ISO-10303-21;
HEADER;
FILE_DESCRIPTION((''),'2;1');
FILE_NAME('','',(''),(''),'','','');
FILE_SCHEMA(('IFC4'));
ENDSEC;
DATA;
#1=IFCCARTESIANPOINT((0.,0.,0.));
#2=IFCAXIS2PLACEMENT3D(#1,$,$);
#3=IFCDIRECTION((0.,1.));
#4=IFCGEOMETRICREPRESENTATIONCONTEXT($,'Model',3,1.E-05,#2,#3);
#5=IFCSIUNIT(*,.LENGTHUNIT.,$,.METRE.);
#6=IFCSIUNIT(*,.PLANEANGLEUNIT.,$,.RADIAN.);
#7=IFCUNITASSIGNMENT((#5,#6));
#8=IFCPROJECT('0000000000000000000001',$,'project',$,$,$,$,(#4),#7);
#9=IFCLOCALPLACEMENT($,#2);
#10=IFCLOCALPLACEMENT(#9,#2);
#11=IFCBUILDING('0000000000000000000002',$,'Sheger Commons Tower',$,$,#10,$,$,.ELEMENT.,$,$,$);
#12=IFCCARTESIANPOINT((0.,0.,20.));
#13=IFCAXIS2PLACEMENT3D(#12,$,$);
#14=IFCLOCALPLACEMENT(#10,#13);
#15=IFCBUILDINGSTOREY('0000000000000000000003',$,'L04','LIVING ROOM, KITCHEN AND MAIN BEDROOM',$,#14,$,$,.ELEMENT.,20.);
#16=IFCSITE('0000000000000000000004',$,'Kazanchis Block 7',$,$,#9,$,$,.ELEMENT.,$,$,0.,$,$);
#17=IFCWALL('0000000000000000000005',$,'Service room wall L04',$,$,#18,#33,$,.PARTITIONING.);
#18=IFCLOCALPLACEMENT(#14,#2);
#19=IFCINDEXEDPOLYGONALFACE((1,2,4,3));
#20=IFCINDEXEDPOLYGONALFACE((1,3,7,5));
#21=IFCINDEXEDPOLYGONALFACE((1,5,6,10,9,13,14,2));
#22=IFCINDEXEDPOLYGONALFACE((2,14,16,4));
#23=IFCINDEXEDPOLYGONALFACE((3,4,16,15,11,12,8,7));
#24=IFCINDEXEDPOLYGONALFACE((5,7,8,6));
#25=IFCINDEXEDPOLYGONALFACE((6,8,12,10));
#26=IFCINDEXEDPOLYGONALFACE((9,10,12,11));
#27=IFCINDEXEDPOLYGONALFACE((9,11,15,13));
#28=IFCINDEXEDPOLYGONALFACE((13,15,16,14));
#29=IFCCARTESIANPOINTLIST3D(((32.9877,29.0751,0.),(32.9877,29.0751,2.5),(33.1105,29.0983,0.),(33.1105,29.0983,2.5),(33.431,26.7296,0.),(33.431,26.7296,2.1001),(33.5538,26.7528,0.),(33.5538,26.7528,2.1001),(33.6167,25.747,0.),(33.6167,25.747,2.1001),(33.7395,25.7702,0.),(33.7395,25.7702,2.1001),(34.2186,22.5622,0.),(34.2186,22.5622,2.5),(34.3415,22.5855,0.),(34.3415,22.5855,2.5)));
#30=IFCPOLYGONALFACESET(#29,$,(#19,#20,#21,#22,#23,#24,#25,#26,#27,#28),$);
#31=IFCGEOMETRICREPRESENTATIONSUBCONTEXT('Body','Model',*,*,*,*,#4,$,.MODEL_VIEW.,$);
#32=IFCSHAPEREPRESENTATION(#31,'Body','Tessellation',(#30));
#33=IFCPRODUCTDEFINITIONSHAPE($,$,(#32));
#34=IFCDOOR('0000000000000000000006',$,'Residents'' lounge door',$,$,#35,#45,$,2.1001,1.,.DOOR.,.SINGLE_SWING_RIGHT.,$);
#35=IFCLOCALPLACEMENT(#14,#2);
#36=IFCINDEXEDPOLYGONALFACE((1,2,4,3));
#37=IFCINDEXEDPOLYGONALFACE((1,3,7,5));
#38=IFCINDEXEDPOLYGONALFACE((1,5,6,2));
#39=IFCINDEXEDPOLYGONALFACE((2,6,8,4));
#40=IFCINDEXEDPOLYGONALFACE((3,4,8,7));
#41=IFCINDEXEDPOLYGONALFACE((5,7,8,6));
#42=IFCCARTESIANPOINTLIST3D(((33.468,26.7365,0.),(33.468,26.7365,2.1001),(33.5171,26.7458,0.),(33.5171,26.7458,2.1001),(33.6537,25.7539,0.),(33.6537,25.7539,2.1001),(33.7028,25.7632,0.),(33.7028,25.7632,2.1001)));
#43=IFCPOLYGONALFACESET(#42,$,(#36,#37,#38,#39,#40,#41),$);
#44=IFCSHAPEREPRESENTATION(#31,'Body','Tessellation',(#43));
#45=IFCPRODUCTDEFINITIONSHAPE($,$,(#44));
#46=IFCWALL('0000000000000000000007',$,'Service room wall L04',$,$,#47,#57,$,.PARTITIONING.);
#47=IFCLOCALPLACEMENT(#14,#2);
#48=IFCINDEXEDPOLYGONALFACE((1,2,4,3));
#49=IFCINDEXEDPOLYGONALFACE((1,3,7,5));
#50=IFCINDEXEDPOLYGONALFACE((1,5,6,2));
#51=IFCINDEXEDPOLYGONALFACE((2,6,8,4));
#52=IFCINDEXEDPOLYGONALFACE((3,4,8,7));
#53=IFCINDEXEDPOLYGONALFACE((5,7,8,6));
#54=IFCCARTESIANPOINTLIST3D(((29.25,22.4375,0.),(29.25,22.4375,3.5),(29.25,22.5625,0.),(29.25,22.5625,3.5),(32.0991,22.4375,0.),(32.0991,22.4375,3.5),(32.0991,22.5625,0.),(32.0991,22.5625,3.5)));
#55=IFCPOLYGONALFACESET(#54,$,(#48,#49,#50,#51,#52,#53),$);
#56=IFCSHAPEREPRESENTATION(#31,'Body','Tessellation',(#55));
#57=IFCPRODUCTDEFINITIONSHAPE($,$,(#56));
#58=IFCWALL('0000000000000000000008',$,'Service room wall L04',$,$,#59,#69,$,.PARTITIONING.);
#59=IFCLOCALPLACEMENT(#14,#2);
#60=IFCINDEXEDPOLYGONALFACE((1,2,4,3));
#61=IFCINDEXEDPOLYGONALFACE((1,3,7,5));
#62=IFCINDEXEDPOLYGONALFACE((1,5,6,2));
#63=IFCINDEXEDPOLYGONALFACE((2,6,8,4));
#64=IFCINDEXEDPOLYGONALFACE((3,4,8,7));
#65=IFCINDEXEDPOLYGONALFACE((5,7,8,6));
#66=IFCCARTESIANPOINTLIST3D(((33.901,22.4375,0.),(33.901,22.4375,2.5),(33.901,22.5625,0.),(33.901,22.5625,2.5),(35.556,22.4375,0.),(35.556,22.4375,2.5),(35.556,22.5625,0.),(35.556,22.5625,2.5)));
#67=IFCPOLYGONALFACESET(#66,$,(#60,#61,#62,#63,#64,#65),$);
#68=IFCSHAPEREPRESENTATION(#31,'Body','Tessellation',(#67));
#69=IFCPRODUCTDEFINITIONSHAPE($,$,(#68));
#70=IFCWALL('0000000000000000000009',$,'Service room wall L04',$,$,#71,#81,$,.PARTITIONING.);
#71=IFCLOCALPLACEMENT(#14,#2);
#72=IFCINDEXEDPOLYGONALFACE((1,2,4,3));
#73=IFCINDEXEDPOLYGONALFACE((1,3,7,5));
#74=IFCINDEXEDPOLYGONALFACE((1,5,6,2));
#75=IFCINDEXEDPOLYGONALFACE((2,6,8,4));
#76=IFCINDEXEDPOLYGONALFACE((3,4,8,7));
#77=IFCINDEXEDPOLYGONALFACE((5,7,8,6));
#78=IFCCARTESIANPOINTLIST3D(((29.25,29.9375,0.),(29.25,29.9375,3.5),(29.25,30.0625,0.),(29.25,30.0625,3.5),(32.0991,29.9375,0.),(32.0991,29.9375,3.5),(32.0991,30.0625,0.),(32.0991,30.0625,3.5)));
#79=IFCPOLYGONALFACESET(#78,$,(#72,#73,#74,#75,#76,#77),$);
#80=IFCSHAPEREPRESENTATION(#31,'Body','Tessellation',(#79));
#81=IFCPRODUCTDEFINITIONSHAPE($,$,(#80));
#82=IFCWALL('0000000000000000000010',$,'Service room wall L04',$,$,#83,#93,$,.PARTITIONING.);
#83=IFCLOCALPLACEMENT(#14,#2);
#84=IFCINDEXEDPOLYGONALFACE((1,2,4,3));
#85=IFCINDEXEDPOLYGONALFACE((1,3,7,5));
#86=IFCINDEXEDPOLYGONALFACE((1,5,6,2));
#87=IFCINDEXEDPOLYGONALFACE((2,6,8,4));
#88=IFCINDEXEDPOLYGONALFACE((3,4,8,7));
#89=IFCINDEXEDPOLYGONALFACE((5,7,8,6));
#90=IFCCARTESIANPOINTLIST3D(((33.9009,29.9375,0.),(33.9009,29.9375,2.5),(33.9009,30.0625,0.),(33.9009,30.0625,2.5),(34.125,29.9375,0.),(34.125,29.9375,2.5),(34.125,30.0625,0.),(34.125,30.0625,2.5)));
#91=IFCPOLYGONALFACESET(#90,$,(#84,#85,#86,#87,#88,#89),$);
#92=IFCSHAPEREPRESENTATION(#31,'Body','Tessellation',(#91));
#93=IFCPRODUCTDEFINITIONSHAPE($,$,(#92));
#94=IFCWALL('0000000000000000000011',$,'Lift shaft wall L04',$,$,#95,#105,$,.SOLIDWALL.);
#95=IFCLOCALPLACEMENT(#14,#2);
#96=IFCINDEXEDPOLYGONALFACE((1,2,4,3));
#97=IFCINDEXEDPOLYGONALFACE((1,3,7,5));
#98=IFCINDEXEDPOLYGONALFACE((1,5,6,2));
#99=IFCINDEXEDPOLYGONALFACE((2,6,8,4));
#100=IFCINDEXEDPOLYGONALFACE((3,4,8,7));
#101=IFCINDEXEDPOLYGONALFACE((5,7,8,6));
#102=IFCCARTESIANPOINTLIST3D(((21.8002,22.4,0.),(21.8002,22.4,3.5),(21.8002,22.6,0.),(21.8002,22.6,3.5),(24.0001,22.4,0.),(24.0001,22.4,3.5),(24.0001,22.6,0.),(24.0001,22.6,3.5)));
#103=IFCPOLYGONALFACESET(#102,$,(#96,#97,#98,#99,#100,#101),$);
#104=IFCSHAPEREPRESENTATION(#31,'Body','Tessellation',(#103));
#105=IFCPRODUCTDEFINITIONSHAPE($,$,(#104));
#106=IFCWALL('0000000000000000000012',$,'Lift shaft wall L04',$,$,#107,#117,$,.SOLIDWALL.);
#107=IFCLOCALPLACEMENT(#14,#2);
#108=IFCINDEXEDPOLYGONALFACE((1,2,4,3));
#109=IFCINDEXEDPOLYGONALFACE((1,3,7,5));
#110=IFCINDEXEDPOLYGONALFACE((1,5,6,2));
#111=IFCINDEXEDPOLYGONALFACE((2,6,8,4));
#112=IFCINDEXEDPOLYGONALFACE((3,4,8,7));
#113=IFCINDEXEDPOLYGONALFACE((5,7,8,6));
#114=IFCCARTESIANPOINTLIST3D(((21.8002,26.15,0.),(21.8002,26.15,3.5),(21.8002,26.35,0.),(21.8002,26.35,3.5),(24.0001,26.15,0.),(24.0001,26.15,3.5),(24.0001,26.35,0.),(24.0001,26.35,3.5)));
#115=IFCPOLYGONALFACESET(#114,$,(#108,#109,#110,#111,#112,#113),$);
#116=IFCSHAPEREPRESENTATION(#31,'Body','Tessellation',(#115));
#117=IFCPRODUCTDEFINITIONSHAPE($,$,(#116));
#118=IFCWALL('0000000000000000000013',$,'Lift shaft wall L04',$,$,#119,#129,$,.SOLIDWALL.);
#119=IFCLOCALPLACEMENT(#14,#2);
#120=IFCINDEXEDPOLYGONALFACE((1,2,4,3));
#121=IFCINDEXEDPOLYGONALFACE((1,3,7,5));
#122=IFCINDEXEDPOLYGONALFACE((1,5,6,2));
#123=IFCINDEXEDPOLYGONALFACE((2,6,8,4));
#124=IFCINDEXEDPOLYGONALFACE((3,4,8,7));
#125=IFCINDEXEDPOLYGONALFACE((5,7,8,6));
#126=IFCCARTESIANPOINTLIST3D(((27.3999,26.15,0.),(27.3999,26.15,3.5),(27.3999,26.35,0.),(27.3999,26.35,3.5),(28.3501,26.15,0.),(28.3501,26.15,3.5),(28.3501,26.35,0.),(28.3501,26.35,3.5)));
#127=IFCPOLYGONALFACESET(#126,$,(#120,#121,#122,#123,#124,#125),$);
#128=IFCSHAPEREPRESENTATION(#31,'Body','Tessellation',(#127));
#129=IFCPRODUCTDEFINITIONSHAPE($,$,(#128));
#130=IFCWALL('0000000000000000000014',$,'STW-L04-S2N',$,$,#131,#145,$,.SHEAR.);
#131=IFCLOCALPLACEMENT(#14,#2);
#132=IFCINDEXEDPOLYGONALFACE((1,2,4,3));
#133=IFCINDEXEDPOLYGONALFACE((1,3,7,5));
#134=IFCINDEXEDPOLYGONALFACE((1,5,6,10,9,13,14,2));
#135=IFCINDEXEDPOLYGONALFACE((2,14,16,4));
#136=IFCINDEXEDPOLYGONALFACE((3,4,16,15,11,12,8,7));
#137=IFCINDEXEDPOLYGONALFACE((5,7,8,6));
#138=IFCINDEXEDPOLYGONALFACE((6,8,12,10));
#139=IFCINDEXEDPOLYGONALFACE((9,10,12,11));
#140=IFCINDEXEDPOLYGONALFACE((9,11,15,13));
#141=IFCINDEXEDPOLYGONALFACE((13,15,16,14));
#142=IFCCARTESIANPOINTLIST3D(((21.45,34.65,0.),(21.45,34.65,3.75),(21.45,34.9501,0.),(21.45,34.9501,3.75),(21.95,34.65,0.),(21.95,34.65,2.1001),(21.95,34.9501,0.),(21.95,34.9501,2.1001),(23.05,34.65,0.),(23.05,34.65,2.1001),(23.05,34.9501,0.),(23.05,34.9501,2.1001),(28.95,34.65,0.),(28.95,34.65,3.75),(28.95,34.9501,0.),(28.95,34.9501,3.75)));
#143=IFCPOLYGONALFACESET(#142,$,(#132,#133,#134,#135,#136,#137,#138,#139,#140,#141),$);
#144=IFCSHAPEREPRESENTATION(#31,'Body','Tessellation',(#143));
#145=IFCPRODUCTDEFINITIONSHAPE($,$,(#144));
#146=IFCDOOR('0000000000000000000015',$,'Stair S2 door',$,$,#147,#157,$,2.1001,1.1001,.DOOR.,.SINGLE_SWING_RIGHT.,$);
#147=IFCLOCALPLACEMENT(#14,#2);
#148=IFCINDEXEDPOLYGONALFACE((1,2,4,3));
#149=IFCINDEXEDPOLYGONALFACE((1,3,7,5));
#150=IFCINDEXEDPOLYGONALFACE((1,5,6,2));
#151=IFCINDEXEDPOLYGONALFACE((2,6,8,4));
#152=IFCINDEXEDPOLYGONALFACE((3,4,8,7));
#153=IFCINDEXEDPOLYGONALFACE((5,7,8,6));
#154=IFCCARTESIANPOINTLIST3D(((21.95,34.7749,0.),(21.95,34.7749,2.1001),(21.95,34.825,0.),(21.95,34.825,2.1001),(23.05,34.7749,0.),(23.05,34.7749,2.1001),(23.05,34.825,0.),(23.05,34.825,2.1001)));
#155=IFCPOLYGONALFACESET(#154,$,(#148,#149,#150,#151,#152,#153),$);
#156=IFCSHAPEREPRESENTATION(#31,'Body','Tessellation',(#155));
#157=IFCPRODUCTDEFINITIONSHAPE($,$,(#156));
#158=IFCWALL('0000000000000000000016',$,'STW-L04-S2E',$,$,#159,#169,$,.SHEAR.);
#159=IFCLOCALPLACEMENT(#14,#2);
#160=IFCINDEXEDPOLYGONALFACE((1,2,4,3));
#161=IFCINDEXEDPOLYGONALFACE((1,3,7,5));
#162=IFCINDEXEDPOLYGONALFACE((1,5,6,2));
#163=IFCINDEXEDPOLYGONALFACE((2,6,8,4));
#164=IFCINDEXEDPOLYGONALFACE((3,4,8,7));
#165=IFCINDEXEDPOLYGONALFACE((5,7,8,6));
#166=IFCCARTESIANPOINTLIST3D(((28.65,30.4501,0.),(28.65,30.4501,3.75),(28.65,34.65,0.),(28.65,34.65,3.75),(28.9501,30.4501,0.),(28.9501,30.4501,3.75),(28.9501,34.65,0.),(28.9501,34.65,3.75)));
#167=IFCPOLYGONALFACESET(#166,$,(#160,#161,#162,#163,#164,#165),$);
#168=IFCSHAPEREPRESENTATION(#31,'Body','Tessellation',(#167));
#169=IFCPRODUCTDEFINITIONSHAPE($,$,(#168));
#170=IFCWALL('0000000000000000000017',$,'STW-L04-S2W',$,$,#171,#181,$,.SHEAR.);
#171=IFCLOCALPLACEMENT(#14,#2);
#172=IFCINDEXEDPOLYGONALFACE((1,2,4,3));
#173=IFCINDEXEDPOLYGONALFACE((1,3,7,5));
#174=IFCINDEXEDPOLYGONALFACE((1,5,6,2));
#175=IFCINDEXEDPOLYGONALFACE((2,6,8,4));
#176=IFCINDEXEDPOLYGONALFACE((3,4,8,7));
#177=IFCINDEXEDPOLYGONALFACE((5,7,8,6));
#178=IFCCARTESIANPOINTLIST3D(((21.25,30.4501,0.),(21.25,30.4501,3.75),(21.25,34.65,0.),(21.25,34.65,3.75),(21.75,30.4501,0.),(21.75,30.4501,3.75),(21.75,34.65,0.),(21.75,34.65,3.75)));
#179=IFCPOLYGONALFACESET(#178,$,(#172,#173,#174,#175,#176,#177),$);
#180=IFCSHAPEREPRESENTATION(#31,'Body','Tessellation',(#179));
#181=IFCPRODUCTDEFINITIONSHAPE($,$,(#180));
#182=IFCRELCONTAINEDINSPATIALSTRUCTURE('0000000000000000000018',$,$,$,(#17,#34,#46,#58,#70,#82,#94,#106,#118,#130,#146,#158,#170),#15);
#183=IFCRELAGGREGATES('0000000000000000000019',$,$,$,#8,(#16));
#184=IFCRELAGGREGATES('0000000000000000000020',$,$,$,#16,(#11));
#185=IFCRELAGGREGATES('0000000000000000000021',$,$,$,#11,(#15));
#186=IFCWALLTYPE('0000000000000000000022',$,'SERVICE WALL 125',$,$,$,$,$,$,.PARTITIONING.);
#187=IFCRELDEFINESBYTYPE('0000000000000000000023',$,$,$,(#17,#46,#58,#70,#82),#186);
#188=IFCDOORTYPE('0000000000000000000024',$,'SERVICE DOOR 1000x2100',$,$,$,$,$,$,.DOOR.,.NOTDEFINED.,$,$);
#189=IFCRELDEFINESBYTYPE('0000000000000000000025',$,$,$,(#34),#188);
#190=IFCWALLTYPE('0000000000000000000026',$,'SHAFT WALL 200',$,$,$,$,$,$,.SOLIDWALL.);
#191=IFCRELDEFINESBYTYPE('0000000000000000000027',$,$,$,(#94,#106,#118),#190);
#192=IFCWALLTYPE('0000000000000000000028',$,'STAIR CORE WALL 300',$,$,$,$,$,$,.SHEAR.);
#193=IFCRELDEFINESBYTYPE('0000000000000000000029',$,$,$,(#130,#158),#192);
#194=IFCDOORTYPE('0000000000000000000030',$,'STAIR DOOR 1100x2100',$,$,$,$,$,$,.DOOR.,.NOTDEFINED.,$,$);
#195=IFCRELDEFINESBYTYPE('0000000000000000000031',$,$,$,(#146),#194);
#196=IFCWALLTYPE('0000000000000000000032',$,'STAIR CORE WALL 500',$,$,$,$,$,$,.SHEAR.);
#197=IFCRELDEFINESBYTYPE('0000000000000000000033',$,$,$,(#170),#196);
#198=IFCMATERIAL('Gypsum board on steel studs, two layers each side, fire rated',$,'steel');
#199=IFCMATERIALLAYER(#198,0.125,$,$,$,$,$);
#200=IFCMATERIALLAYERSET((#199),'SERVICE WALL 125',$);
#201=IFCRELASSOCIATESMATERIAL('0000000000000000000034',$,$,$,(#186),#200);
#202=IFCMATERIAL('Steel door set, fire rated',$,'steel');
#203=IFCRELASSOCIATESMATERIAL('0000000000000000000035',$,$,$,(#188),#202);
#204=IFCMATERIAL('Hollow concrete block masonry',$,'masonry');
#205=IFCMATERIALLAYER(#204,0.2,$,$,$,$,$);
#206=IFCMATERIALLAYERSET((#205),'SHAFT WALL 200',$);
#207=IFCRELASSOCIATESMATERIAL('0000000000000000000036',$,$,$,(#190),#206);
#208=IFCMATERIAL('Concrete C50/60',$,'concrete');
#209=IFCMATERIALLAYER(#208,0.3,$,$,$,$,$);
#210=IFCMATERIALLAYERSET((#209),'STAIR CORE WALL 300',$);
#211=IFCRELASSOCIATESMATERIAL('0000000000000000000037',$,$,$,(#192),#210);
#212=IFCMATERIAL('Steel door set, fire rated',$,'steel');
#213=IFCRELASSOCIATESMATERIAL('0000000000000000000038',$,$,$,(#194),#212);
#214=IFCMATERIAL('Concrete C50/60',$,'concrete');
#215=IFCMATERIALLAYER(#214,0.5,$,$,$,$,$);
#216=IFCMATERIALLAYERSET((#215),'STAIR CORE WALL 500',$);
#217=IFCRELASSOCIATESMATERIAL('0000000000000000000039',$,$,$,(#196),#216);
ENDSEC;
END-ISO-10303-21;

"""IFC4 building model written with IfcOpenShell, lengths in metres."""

from ifc_helpers import new_model, si_unit, direction, frame, frame_2d, origin, place, context, subcontext, project, spatial, rectangle, extrude, material, layer, layer_set, type_object, element, fill, save


model = new_model("IFC4")

# Units and contexts
model_context = context("Model", 3, precision=1e-05, world=origin(), true_north=direction((0.0, 1.0)))
body_context = subcontext(model_context, "Body", "Model", "MODEL_VIEW")
ifc_project = project(units=[si_unit("LENGTHUNIT", "METRE"), si_unit("PLANEANGLEUNIT", "RADIAN")], contexts=[model_context])

# Site, building, storey
site_placement = place(None, origin())
site = spatial("IfcSite", under=ifc_project, at=site_placement, Name="Kazanchis Block 7", CompositionType="ELEMENT", RefElevation=0.0)
building_placement = place(site_placement, origin())
building = spatial("IfcBuilding", under=site, at=building_placement, Name="Sheger Commons Tower", CompositionType="ELEMENT")
storey_placement = place(building_placement, frame((0.0, 0.0, 20.0)))
storey = spatial("IfcBuildingStorey", under=building, at=storey_placement, Name="L04", Description="LIVING ROOM, KITCHEN AND MAIN BEDROOM", CompositionType="ELEMENT", Elevation=20.0)

# Shared definitions
ifc_material_1 = material(Name="Gypsum board on steel studs, two layers each side, fire rated", Category="steel")
ifc_layer_1 = layer(ifc_material_1, 0.125)
ifc_layer_set_1 = layer_set([ifc_layer_1], Name="SERVICE WALL 125")
wall_type_1 = type_object("IfcWallType", Name="SERVICE WALL 125", PredefinedType="PARTITIONING", material=ifc_layer_set_1)

# Wall, opening, door
ifc_material_2 = material(Name="Steel door set, fire rated", Category="steel")
door_type_1 = type_object("IfcDoorType", Name="SERVICE DOOR 1000x2100", OperationType="NOTDEFINED", PredefinedType="DOOR", material=ifc_material_2)
wall_1_placement = place(storey_placement, frame((34.28, 22.574, 0.0), z_axis=(0.0, 0.0, 1.0), x_axis=(-0.185714, 0.982604, 0.0)))
wall_1 = element("IfcWall", 1, at=wall_1_placement, inside=storey, type_object=wall_type_1, Name="Service room wall L04", PredefinedType="PARTITIONING", context=body_context, shape_type="SweptSolid", body=[
    extrude(rectangle(XDim=6.6282, YDim=0.125, at=frame_2d((3.314, 0.0))), origin(), (0.0, 0.0, 1.0), 2.5),
])
opening_1_placement = place(wall_1_placement, frame((3.241, 0.0, 0.0)))
opening_1 = element("IfcOpeningElement", 2, at=opening_1_placement, cuts=wall_1, PredefinedType="OPENING", context=body_context, shape_type="SweptSolid", body=[
    extrude(rectangle(XDim=1.0, YDim=2.1001, at=frame_2d((0.5, 1.05))), frame((0.0, 0.0725, 0.0), z_axis=(0.0, -1.0, 0.0), x_axis=(1.0, 0.0, 0.0)), (0.0, 0.0, 1.0), 0.145),
])
door_1_placement = place(opening_1_placement, origin())
door_1 = element("IfcDoor", 3, at=door_1_placement, inside=storey, type_object=door_type_1, Name="Residents' lounge door", OperationType="SINGLE_SWING_RIGHT", OverallHeight=2.1001, OverallWidth=1.0, PredefinedType="DOOR", context=body_context, shape_type="SweptSolid", body=[
    extrude(rectangle(XDim=1.0, YDim=2.1001, at=frame_2d((0.5, 1.05))), frame((0.0, 0.0249, 0.0), z_axis=(0.0, -1.0, 0.0), x_axis=(1.0, 0.0, 0.0)), (0.0, 0.0, 1.0), 0.05),
])
fill(opening_1, door_1)

# Walls
wall_2_placement = place(storey_placement, frame((29.25, 22.5, 0.0), z_axis=(0.0, 0.0, 1.0), x_axis=(1.0, 0.0, 0.0)))
element("IfcWall", 4, at=wall_2_placement, inside=storey, type_object=wall_type_1, Name="Service room wall L04", PredefinedType="PARTITIONING", context=body_context, shape_type="SweptSolid", body=[
    extrude(rectangle(XDim=2.8491, YDim=0.125, at=frame_2d((1.4246, 0.0))), origin(), (0.0, 0.0, 1.0), 3.5),
])
wall_3_placement = place(storey_placement, frame((33.9009, 22.5, 0.0), z_axis=(0.0, 0.0, 1.0), x_axis=(1.0, 0.0, 0.0)))
element("IfcWall", 5, at=wall_3_placement, inside=storey, type_object=wall_type_1, Name="Service room wall L04", PredefinedType="PARTITIONING", context=body_context, shape_type="SweptSolid", body=[
    extrude(rectangle(XDim=1.655, YDim=0.125, at=frame_2d((0.8276, 0.0))), origin(), (0.0, 0.0, 1.0), 2.5),
])
wall_4_placement = place(storey_placement, frame((29.25, 30.0, 0.0), z_axis=(0.0, 0.0, 1.0), x_axis=(1.0, 0.0, 0.0)))
element("IfcWall", 6, at=wall_4_placement, inside=storey, type_object=wall_type_1, Name="Service room wall L04", PredefinedType="PARTITIONING", context=body_context, shape_type="SweptSolid", body=[
    extrude(rectangle(XDim=2.8491, YDim=0.125, at=frame_2d((1.4246, 0.0))), origin(), (0.0, 0.0, 1.0), 3.5),
])
wall_5_placement = place(storey_placement, frame((33.9009, 30.0, 0.0), z_axis=(0.0, 0.0, 1.0), x_axis=(1.0, 0.0, 0.0)))
element("IfcWall", 7, at=wall_5_placement, inside=storey, type_object=wall_type_1, Name="Service room wall L04", PredefinedType="PARTITIONING", context=body_context, shape_type="SweptSolid", body=[
    extrude(rectangle(XDim=0.2241, YDim=0.125, at=frame_2d((0.1121, 0.0))), origin(), (0.0, 0.0, 1.0), 2.5),
])
ifc_material_3 = material(Name="Hollow concrete block masonry", Category="masonry")
ifc_layer_2 = layer(ifc_material_3, 0.2)
ifc_layer_set_2 = layer_set([ifc_layer_2], Name="SHAFT WALL 200")
wall_type_2 = type_object("IfcWallType", Name="SHAFT WALL 200", PredefinedType="SOLIDWALL", material=ifc_layer_set_2)
for number, where, z_axis, x_axis, name in (
    (8, (21.8, 22.5, 0.0), (0.0, 0.0, 1.0), (1.0, 0.0, 0.0), "Lift shaft wall L04"),
    (9, (21.8, 26.25, 0.0), (0.0, 0.0, 1.0), (1.0, 0.0, 0.0), "Lift shaft wall L04"),
):
    element("IfcWall", number, at=place(storey_placement, frame(where, z_axis=z_axis, x_axis=x_axis)), inside=storey, type_object=wall_type_2, Name=name, PredefinedType="SOLIDWALL", context=body_context, shape_type="SweptSolid", body=[
        extrude(rectangle(XDim=2.2, YDim=0.2, at=frame_2d((1.1001, 0.0))), origin(), (0.0, 0.0, 1.0), 3.5),
    ])
wall_6_placement = place(storey_placement, frame((27.3999, 26.25, 0.0), z_axis=(0.0, 0.0, 1.0), x_axis=(1.0, 0.0, 0.0)))
element("IfcWall", 10, at=wall_6_placement, inside=storey, type_object=wall_type_2, Name="Lift shaft wall L04", PredefinedType="SOLIDWALL", context=body_context, shape_type="SweptSolid", body=[
    extrude(rectangle(XDim=0.9502, YDim=0.2, at=frame_2d((0.4751, 0.0))), origin(), (0.0, 0.0, 1.0), 3.5),
])

# Wall, opening, door
ifc_material_4 = material(Name="Concrete C50/60", Category="concrete")
ifc_layer_3 = layer(ifc_material_4, 0.3)
ifc_layer_set_3 = layer_set([ifc_layer_3], Name="STAIR CORE WALL 300")
wall_type_3 = type_object("IfcWallType", Name="STAIR CORE WALL 300", PredefinedType="SHEAR", material=ifc_layer_set_3)
wall_7_placement = place(storey_placement, frame((21.45, 34.8, 0.0), z_axis=(0.0, 0.0, 1.0), x_axis=(1.0, 0.0, 0.0)))
wall_7 = element("IfcWall", 11, at=wall_7_placement, inside=storey, type_object=wall_type_3, Name="STW-L04-S2N", PredefinedType="SHEAR", context=body_context, shape_type="SweptSolid", body=[
    extrude(rectangle(XDim=7.5, YDim=0.3, at=frame_2d((3.75, 0.0))), origin(), (0.0, 0.0, 1.0), 3.75),
])
opening_2_placement = place(wall_7_placement, frame((0.5, 0.0, 0.0)))
opening_2 = element("IfcOpeningElement", 12, at=opening_2_placement, cuts=wall_7, PredefinedType="OPENING", context=body_context, shape_type="SweptSolid", body=[
    extrude(rectangle(XDim=1.1001, YDim=2.1001, at=frame_2d((0.55, 1.05))), frame((0.0, 0.1599, 0.0), z_axis=(0.0, -1.0, 0.0), x_axis=(1.0, 0.0, 0.0)), (0.0, 0.0, 1.0), 0.3201),
])
ifc_material_5 = material(Name="Steel door set, fire rated", Category="steel")
door_type_2 = type_object("IfcDoorType", Name="STAIR DOOR 1100x2100", OperationType="NOTDEFINED", PredefinedType="DOOR", material=ifc_material_5)
door_2_placement = place(opening_2_placement, origin())
door_2 = element("IfcDoor", 13, at=door_2_placement, inside=storey, type_object=door_type_2, Name="Stair S2 door", OperationType="SINGLE_SWING_RIGHT", OverallHeight=2.1001, OverallWidth=1.1001, PredefinedType="DOOR", context=body_context, shape_type="SweptSolid", body=[
    extrude(rectangle(XDim=1.1001, YDim=2.1001, at=frame_2d((0.55, 1.05))), frame((0.0, 0.0249, 0.0), z_axis=(0.0, -1.0, 0.0), x_axis=(1.0, 0.0, 0.0)), (0.0, 0.0, 1.0), 0.05),
])
fill(opening_2, door_2)

# Walls
wall_8_placement = place(storey_placement, frame((28.8, 30.45, 0.0), z_axis=(0.0, 0.0, 1.0), x_axis=(0.0, 1.0, 0.0)))
element("IfcWall", 14, at=wall_8_placement, inside=storey, type_object=wall_type_3, Name="STW-L04-S2E", PredefinedType="SHEAR", context=body_context, shape_type="SweptSolid", body=[
    extrude(rectangle(XDim=4.2, YDim=0.3, at=frame_2d((2.1001, 0.0))), origin(), (0.0, 0.0, 1.0), 3.75),
])
ifc_material_6 = material(Name="Concrete C50/60", Category="concrete")
ifc_layer_4 = layer(ifc_material_6, 0.5)
ifc_layer_set_4 = layer_set([ifc_layer_4], Name="STAIR CORE WALL 500")
wall_type_4 = type_object("IfcWallType", Name="STAIR CORE WALL 500", PredefinedType="SHEAR", material=ifc_layer_set_4)
wall_9_placement = place(storey_placement, frame((21.5, 30.45, 0.0), z_axis=(0.0, 0.0, 1.0), x_axis=(0.0, 1.0, 0.0)))
element("IfcWall", 15, at=wall_9_placement, inside=storey, type_object=wall_type_4, Name="STW-L04-S2W", PredefinedType="SHEAR", context=body_context, shape_type="SweptSolid", body=[
    extrude(rectangle(XDim=4.2, YDim=0.5, at=frame_2d((2.1001, 0.0))), origin(), (0.0, 0.0, 1.0), 3.75),
])

save(model, "model.ifc")
